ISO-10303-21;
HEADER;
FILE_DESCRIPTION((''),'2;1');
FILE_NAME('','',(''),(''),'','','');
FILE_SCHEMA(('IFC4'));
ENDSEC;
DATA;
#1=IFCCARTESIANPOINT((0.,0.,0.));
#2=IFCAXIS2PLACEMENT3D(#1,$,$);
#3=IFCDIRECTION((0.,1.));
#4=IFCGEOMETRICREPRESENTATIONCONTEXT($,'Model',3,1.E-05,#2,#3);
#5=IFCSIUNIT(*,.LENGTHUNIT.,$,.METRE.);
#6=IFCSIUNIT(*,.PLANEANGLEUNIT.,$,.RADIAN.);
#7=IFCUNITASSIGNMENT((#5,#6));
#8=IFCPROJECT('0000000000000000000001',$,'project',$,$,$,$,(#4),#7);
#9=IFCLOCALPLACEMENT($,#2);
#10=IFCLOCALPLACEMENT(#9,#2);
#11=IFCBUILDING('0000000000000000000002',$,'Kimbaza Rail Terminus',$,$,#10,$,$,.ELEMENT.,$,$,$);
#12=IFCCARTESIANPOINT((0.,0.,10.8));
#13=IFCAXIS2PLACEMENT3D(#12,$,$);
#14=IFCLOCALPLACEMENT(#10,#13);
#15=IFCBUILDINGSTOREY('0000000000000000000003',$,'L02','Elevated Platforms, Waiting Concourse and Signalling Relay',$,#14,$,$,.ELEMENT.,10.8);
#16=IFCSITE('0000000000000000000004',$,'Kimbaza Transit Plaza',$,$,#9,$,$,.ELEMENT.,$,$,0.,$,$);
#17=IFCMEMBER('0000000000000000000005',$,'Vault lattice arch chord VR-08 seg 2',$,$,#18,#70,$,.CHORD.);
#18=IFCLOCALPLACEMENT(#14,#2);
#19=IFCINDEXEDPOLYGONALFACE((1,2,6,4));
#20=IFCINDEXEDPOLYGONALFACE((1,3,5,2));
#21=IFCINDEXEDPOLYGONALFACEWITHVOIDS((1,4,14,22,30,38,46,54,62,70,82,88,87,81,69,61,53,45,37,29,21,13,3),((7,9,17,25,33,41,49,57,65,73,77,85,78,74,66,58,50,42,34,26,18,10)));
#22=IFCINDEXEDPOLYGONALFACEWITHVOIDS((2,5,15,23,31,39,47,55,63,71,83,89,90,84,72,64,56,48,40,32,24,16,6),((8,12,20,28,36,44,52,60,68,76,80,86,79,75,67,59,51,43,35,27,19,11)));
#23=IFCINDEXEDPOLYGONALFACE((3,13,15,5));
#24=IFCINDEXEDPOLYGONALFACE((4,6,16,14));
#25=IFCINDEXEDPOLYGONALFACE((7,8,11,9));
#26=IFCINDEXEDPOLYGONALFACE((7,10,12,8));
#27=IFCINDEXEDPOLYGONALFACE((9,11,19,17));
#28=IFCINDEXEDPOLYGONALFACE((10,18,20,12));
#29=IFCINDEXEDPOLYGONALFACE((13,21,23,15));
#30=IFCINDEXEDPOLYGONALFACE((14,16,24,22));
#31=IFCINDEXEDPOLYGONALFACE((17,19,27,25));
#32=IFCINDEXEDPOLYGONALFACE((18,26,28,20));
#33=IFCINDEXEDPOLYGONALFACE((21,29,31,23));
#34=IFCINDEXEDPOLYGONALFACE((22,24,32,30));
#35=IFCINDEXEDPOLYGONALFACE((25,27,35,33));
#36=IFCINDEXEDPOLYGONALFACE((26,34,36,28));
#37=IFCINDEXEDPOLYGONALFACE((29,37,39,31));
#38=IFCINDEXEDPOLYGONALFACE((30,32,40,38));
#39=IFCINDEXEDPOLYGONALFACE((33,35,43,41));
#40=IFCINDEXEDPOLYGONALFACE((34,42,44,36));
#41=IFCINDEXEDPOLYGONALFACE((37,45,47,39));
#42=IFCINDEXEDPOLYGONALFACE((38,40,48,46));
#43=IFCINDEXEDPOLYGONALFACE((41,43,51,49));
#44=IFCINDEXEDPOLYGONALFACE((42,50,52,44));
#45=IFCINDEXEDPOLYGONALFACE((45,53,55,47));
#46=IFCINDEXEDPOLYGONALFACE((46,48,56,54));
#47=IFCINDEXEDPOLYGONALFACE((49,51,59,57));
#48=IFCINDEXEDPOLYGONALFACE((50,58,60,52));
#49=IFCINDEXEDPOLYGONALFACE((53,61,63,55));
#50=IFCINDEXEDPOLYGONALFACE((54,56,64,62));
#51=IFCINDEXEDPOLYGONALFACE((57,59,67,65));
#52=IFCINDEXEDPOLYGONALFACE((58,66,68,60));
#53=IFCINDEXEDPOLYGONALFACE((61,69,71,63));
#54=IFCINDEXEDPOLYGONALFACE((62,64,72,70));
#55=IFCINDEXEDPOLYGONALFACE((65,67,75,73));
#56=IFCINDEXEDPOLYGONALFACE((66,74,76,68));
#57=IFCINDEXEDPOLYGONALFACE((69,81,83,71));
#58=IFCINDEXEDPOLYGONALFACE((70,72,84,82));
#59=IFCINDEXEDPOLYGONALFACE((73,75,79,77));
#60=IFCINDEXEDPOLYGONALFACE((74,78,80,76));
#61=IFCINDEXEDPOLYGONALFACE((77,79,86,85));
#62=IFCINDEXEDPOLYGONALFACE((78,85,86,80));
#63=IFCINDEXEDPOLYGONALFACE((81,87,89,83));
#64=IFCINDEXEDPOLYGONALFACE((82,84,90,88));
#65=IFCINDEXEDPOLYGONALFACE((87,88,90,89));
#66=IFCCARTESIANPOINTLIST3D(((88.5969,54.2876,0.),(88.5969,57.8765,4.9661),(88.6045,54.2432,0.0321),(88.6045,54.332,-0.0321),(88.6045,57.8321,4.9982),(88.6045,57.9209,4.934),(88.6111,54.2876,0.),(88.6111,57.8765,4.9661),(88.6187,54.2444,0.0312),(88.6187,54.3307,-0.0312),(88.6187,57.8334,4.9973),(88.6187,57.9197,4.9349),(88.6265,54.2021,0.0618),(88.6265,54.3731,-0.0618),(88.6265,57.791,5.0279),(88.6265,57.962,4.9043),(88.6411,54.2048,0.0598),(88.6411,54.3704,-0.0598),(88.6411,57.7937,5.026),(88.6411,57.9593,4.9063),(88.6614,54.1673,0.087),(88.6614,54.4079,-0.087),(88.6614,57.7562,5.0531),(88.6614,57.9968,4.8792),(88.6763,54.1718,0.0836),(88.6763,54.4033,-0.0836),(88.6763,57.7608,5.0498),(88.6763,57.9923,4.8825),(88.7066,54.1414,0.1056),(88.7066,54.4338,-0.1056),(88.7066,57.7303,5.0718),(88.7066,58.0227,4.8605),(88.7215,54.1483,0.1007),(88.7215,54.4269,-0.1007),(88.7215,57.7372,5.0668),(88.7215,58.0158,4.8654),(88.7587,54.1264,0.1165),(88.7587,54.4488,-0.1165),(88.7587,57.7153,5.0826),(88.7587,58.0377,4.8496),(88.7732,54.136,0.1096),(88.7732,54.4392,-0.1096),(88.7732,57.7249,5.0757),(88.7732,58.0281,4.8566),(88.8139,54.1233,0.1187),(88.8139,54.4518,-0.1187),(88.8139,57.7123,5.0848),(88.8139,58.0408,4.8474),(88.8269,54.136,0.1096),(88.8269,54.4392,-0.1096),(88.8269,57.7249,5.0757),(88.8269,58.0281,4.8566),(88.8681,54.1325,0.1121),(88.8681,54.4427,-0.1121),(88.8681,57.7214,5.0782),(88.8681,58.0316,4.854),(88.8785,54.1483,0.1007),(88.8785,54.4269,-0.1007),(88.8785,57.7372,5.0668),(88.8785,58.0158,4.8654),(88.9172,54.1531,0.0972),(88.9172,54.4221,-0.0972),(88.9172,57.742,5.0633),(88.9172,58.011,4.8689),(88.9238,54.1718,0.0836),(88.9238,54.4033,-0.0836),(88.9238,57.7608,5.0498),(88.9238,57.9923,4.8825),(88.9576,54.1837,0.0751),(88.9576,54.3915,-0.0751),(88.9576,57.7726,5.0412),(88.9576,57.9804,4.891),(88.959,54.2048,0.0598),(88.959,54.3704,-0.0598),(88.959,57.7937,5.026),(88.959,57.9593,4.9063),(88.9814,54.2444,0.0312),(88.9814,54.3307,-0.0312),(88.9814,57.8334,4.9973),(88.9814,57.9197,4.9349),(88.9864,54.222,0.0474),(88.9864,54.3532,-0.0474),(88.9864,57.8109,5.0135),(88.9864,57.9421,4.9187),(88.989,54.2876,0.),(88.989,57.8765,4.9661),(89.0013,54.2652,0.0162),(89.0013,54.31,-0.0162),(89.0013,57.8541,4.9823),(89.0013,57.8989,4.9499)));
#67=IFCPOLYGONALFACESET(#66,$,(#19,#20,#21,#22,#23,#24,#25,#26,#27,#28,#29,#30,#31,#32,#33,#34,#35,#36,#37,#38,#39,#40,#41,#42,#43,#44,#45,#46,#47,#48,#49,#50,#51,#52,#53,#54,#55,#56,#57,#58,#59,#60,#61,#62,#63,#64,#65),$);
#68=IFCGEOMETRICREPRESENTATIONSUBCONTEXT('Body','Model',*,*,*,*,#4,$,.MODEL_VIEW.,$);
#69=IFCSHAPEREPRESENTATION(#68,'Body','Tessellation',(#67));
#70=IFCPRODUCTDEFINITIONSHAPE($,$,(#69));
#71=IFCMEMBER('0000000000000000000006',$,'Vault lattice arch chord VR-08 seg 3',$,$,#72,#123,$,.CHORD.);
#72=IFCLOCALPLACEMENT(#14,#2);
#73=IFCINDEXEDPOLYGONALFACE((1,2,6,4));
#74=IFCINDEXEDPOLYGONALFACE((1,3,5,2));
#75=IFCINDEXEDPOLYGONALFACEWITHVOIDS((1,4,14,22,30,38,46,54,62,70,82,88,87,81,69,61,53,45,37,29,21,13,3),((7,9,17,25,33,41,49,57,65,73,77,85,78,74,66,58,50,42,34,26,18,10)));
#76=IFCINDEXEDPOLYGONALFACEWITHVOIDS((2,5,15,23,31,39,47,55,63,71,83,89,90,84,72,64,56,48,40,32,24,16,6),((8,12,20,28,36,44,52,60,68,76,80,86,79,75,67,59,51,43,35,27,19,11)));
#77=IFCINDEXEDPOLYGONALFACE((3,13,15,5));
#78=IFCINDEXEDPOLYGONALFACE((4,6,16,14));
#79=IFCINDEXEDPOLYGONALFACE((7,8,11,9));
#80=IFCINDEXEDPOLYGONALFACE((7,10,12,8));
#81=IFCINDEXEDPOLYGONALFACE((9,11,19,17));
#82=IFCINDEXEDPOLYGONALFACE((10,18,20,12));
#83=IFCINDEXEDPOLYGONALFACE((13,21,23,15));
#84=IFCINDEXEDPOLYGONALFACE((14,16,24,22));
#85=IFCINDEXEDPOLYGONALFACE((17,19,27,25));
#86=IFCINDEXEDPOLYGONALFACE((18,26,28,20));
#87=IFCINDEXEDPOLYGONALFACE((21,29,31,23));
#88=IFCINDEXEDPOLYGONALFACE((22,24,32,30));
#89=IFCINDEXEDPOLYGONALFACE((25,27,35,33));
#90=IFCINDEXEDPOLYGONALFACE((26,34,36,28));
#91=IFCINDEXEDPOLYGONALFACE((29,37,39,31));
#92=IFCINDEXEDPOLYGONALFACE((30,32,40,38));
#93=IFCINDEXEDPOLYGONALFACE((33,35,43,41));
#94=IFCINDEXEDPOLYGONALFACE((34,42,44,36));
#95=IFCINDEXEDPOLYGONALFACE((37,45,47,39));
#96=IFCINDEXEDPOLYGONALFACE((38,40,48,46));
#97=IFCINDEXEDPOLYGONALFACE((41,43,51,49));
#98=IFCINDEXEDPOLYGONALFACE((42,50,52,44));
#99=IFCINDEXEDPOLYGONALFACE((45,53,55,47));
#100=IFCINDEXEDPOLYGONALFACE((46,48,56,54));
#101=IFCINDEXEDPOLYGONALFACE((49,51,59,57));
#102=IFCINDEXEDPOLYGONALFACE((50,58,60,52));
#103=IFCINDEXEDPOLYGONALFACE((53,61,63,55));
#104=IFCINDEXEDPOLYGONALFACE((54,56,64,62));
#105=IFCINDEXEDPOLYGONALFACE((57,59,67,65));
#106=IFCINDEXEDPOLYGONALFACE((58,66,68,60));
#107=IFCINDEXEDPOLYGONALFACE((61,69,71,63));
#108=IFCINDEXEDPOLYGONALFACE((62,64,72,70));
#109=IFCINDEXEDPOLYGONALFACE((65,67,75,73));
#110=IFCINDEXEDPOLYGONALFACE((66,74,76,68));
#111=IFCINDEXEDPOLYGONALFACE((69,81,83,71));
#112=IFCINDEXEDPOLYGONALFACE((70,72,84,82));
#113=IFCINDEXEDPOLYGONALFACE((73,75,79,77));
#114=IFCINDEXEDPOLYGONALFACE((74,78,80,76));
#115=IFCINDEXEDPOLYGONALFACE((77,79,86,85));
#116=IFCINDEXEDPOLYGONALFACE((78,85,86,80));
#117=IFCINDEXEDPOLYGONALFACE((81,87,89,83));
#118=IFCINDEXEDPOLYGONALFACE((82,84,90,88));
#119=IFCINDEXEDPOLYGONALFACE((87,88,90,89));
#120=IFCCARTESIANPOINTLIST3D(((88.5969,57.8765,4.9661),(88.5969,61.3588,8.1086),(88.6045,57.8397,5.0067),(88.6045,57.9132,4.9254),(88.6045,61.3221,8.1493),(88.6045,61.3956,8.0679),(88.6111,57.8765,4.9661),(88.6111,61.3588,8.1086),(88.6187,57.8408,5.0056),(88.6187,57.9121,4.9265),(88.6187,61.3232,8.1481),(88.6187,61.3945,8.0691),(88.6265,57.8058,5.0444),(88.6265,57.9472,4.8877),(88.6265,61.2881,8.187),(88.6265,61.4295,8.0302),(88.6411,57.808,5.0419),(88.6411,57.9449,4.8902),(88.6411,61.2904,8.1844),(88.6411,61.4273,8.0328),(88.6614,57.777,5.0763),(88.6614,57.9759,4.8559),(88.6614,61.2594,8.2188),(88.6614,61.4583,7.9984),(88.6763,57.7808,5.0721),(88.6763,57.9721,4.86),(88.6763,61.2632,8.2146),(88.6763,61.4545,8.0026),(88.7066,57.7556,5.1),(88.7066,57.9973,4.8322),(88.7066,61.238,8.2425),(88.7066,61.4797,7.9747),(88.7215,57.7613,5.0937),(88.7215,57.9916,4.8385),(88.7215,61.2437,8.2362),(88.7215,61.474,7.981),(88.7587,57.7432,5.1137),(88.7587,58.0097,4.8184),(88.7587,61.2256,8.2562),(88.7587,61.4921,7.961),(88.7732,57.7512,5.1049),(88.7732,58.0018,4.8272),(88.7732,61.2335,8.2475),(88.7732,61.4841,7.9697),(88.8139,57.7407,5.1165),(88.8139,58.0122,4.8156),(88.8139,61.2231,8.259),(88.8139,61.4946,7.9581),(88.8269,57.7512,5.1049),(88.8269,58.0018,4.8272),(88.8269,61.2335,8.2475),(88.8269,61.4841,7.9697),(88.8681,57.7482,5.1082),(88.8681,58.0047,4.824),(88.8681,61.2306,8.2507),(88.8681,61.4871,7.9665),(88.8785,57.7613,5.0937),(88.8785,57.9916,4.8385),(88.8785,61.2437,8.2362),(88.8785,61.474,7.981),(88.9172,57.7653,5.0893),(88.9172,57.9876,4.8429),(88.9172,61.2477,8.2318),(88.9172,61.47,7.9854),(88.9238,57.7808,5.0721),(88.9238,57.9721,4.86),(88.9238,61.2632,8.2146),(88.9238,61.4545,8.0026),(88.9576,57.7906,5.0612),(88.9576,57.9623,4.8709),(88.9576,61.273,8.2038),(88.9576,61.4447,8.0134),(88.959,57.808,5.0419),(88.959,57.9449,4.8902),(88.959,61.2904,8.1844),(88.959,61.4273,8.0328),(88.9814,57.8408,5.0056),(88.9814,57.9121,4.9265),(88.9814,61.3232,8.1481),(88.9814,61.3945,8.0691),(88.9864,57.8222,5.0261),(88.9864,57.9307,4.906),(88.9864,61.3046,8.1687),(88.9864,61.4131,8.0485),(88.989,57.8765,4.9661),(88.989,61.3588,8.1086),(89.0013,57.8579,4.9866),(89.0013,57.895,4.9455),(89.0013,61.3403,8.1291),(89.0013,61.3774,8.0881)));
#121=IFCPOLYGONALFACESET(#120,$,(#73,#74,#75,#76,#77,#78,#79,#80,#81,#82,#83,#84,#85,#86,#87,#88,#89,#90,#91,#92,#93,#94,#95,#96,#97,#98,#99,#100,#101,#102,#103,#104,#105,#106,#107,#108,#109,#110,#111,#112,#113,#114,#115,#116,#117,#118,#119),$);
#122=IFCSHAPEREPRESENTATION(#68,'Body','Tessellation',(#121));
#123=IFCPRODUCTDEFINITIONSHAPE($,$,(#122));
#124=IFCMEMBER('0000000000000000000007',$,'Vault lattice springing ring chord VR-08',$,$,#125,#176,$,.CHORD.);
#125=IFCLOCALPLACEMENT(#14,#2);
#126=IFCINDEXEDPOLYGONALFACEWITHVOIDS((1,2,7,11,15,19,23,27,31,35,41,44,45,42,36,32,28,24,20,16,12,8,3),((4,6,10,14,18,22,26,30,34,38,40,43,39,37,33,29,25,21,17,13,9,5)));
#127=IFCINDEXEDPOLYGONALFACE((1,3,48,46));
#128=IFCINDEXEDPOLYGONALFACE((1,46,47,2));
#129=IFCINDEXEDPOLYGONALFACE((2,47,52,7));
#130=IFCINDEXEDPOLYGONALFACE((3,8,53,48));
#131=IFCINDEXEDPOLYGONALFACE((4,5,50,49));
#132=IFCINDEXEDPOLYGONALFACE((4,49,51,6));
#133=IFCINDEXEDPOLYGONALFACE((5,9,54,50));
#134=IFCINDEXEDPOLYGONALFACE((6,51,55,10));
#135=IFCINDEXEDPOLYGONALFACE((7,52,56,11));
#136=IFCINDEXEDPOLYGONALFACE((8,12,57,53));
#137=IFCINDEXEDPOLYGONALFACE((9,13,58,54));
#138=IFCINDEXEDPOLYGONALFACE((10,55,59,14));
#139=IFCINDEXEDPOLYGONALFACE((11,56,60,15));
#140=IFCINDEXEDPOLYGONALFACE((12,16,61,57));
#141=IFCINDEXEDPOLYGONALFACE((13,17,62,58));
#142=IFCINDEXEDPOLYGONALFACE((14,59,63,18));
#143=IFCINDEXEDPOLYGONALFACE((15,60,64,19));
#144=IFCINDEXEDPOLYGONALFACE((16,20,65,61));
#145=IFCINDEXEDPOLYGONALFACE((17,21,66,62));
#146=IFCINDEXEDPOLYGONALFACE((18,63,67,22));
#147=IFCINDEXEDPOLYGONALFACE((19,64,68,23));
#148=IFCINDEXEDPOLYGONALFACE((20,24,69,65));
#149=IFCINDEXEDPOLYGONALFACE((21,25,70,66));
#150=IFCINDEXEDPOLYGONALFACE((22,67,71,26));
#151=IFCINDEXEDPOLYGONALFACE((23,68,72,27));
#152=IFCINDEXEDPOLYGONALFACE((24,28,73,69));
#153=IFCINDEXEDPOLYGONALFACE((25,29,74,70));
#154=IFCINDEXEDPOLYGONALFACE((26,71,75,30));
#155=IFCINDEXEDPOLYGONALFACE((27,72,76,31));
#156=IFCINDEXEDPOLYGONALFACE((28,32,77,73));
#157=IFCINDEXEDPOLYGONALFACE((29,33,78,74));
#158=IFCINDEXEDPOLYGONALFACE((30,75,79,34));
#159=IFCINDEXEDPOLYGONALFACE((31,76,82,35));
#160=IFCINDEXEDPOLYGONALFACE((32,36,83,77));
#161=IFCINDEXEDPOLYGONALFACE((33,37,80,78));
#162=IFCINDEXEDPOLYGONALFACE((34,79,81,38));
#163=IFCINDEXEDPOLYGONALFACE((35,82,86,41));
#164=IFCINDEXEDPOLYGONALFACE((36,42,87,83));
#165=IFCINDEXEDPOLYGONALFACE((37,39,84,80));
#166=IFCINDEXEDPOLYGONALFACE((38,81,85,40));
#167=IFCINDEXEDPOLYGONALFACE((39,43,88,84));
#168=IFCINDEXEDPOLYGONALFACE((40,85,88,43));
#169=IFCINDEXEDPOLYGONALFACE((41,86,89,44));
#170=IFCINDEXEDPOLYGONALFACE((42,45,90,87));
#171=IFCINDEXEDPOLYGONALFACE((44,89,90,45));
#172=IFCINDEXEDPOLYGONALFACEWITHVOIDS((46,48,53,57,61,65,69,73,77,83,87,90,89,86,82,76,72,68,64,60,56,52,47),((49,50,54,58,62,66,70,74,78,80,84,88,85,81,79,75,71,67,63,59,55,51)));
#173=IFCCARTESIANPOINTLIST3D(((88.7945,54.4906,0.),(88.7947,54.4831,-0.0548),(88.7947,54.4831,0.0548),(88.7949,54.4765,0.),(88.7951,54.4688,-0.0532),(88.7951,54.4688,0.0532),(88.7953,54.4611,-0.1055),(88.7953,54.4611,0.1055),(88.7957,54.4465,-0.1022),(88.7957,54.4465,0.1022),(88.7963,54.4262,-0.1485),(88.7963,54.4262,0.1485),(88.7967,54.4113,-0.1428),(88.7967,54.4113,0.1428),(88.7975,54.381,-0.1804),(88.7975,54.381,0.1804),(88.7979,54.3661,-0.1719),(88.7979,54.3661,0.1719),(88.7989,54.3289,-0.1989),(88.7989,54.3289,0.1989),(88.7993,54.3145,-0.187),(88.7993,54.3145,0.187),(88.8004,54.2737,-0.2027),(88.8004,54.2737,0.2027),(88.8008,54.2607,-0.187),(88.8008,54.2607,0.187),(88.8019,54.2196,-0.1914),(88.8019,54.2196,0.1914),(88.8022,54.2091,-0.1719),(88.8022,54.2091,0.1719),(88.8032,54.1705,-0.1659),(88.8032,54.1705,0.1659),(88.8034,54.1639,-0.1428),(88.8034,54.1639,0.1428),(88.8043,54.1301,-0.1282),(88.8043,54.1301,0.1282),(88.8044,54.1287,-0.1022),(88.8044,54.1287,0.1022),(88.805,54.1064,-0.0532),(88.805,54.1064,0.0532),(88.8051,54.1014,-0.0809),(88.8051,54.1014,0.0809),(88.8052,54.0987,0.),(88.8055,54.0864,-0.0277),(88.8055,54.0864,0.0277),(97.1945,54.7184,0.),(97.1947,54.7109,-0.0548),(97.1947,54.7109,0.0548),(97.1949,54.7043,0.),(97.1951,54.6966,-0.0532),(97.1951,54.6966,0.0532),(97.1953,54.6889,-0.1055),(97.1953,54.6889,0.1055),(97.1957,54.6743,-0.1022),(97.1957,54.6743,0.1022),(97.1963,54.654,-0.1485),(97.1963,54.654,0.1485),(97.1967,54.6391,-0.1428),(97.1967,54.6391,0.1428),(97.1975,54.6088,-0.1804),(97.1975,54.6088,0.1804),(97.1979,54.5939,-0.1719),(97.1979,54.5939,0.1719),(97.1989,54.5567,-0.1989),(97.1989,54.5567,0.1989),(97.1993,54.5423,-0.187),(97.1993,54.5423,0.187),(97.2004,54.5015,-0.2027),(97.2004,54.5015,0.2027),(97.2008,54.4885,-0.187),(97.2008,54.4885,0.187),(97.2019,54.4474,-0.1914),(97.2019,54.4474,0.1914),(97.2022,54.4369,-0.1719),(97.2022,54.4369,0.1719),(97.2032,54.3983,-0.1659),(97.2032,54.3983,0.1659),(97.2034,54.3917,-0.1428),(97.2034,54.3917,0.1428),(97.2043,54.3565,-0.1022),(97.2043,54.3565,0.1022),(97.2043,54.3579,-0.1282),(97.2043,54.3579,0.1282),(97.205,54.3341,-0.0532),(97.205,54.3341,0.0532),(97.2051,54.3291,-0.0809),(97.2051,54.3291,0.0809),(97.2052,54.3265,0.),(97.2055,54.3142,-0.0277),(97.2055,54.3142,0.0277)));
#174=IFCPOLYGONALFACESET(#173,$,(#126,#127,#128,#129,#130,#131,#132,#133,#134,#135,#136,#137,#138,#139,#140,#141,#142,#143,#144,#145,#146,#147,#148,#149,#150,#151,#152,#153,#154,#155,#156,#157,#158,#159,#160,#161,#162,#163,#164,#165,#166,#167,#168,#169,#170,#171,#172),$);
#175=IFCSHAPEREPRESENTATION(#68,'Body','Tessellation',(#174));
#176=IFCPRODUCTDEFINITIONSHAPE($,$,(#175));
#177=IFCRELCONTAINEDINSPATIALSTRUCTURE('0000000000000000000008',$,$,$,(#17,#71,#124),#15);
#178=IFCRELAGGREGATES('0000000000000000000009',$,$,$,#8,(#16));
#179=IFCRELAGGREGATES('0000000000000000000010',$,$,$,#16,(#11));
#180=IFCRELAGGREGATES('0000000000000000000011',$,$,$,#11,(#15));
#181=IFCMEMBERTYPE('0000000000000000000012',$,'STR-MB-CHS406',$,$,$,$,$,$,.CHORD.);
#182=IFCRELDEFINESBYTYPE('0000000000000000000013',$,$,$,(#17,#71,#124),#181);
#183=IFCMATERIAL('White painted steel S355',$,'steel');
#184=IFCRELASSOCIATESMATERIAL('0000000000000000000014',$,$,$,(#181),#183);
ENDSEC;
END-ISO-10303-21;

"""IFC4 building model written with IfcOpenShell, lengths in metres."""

from ifc_helpers import new_model, si_unit, direction, frame, origin, origin_2d, place, context, subcontext, project, spatial, hollow_circle, extrude, material, material_profile, profile_set, type_object, element, save


model = new_model("IFC4")

# Units and contexts
model_context = context("Model", 3, precision=1e-05, world=origin(), true_north=direction((0.0, 1.0)))
body_context = subcontext(model_context, "Body", "Model", "MODEL_VIEW")
ifc_project = project(units=[si_unit("LENGTHUNIT", "METRE"), si_unit("PLANEANGLEUNIT", "RADIAN")], contexts=[model_context])

# Site, building, storey
site_placement = place(None, origin())
site = spatial("IfcSite", under=ifc_project, at=site_placement, Name="Kimbaza Transit Plaza", CompositionType="ELEMENT", RefElevation=0.0)
building_placement = place(site_placement, origin())
building = spatial("IfcBuilding", under=site, at=building_placement, Name="Kimbaza Rail Terminus", CompositionType="ELEMENT")
storey_placement = place(building_placement, frame((0.0, 0.0, 10.8)))
storey = spatial("IfcBuildingStorey", under=building, at=storey_placement, Name="L02", Description="Elevated Platforms, Waiting Concourse and Signalling Relay", CompositionType="ELEMENT", Elevation=10.8)

# Members
ifc_material_1 = material(Name="White painted steel S355", Category="steel")
ifc_material_profile_1 = material_profile(ifc_material_1, hollow_circle(Radius=0.2031, WallThickness=0.0142, at=origin_2d()), Name="CHS 406.4x14.2")
ifc_profile_set_1 = profile_set([ifc_material_profile_1], Name="White painted steel S355")
member_type_1 = type_object("IfcMemberType", Name="STR-MB-CHS406", PredefinedType="CHORD", material=ifc_profile_set_1)
member_1_placement = place(storey_placement, frame((88.8, 54.2876, 0.0), z_axis=(0.0, 0.585733, 0.810504), x_axis=(-1.0, 0.0, 0.0)))
element("IfcMember", 1, at=member_1_placement, inside=storey, type_object=member_type_1, Name="Vault lattice arch chord VR-08 seg 2", PredefinedType="CHORD", context=body_context, shape_type="SweptSolid", body=[
    extrude(hollow_circle(Radius=0.2031, WallThickness=0.0142, at=origin_2d()), origin(), (0.0, 0.0, 1.0), 6.1272),
])
member_2_placement = place(storey_placement, frame((88.8, 57.8765, 4.9661), z_axis=(0.0, 0.742403, 0.669953), x_axis=(-1.0, 0.0, 0.0)))
element("IfcMember", 2, at=member_2_placement, inside=storey, type_object=member_type_1, Name="Vault lattice arch chord VR-08 seg 3", PredefinedType="CHORD", context=body_context, shape_type="SweptSolid", body=[
    extrude(hollow_circle(Radius=0.2031, WallThickness=0.0142, at=origin_2d()), origin(), (0.0, 0.0, 1.0), 4.6907),
])
member_3_placement = place(storey_placement, frame((88.8, 54.2876, 0.0), z_axis=(0.999633, 0.027107, 0.0), x_axis=(-0.027107, 0.999633, 0.0)))
element("IfcMember", 3, at=member_3_placement, inside=storey, type_object=member_type_1, Name="Vault lattice springing ring chord VR-08", PredefinedType="CHORD", context=body_context, shape_type="SweptSolid", body=[
    extrude(hollow_circle(Radius=0.2031, WallThickness=0.0142, at=origin_2d()), origin(), (0.0, 0.0, 1.0), 8.4031),
])

save(model, "model.ifc")
